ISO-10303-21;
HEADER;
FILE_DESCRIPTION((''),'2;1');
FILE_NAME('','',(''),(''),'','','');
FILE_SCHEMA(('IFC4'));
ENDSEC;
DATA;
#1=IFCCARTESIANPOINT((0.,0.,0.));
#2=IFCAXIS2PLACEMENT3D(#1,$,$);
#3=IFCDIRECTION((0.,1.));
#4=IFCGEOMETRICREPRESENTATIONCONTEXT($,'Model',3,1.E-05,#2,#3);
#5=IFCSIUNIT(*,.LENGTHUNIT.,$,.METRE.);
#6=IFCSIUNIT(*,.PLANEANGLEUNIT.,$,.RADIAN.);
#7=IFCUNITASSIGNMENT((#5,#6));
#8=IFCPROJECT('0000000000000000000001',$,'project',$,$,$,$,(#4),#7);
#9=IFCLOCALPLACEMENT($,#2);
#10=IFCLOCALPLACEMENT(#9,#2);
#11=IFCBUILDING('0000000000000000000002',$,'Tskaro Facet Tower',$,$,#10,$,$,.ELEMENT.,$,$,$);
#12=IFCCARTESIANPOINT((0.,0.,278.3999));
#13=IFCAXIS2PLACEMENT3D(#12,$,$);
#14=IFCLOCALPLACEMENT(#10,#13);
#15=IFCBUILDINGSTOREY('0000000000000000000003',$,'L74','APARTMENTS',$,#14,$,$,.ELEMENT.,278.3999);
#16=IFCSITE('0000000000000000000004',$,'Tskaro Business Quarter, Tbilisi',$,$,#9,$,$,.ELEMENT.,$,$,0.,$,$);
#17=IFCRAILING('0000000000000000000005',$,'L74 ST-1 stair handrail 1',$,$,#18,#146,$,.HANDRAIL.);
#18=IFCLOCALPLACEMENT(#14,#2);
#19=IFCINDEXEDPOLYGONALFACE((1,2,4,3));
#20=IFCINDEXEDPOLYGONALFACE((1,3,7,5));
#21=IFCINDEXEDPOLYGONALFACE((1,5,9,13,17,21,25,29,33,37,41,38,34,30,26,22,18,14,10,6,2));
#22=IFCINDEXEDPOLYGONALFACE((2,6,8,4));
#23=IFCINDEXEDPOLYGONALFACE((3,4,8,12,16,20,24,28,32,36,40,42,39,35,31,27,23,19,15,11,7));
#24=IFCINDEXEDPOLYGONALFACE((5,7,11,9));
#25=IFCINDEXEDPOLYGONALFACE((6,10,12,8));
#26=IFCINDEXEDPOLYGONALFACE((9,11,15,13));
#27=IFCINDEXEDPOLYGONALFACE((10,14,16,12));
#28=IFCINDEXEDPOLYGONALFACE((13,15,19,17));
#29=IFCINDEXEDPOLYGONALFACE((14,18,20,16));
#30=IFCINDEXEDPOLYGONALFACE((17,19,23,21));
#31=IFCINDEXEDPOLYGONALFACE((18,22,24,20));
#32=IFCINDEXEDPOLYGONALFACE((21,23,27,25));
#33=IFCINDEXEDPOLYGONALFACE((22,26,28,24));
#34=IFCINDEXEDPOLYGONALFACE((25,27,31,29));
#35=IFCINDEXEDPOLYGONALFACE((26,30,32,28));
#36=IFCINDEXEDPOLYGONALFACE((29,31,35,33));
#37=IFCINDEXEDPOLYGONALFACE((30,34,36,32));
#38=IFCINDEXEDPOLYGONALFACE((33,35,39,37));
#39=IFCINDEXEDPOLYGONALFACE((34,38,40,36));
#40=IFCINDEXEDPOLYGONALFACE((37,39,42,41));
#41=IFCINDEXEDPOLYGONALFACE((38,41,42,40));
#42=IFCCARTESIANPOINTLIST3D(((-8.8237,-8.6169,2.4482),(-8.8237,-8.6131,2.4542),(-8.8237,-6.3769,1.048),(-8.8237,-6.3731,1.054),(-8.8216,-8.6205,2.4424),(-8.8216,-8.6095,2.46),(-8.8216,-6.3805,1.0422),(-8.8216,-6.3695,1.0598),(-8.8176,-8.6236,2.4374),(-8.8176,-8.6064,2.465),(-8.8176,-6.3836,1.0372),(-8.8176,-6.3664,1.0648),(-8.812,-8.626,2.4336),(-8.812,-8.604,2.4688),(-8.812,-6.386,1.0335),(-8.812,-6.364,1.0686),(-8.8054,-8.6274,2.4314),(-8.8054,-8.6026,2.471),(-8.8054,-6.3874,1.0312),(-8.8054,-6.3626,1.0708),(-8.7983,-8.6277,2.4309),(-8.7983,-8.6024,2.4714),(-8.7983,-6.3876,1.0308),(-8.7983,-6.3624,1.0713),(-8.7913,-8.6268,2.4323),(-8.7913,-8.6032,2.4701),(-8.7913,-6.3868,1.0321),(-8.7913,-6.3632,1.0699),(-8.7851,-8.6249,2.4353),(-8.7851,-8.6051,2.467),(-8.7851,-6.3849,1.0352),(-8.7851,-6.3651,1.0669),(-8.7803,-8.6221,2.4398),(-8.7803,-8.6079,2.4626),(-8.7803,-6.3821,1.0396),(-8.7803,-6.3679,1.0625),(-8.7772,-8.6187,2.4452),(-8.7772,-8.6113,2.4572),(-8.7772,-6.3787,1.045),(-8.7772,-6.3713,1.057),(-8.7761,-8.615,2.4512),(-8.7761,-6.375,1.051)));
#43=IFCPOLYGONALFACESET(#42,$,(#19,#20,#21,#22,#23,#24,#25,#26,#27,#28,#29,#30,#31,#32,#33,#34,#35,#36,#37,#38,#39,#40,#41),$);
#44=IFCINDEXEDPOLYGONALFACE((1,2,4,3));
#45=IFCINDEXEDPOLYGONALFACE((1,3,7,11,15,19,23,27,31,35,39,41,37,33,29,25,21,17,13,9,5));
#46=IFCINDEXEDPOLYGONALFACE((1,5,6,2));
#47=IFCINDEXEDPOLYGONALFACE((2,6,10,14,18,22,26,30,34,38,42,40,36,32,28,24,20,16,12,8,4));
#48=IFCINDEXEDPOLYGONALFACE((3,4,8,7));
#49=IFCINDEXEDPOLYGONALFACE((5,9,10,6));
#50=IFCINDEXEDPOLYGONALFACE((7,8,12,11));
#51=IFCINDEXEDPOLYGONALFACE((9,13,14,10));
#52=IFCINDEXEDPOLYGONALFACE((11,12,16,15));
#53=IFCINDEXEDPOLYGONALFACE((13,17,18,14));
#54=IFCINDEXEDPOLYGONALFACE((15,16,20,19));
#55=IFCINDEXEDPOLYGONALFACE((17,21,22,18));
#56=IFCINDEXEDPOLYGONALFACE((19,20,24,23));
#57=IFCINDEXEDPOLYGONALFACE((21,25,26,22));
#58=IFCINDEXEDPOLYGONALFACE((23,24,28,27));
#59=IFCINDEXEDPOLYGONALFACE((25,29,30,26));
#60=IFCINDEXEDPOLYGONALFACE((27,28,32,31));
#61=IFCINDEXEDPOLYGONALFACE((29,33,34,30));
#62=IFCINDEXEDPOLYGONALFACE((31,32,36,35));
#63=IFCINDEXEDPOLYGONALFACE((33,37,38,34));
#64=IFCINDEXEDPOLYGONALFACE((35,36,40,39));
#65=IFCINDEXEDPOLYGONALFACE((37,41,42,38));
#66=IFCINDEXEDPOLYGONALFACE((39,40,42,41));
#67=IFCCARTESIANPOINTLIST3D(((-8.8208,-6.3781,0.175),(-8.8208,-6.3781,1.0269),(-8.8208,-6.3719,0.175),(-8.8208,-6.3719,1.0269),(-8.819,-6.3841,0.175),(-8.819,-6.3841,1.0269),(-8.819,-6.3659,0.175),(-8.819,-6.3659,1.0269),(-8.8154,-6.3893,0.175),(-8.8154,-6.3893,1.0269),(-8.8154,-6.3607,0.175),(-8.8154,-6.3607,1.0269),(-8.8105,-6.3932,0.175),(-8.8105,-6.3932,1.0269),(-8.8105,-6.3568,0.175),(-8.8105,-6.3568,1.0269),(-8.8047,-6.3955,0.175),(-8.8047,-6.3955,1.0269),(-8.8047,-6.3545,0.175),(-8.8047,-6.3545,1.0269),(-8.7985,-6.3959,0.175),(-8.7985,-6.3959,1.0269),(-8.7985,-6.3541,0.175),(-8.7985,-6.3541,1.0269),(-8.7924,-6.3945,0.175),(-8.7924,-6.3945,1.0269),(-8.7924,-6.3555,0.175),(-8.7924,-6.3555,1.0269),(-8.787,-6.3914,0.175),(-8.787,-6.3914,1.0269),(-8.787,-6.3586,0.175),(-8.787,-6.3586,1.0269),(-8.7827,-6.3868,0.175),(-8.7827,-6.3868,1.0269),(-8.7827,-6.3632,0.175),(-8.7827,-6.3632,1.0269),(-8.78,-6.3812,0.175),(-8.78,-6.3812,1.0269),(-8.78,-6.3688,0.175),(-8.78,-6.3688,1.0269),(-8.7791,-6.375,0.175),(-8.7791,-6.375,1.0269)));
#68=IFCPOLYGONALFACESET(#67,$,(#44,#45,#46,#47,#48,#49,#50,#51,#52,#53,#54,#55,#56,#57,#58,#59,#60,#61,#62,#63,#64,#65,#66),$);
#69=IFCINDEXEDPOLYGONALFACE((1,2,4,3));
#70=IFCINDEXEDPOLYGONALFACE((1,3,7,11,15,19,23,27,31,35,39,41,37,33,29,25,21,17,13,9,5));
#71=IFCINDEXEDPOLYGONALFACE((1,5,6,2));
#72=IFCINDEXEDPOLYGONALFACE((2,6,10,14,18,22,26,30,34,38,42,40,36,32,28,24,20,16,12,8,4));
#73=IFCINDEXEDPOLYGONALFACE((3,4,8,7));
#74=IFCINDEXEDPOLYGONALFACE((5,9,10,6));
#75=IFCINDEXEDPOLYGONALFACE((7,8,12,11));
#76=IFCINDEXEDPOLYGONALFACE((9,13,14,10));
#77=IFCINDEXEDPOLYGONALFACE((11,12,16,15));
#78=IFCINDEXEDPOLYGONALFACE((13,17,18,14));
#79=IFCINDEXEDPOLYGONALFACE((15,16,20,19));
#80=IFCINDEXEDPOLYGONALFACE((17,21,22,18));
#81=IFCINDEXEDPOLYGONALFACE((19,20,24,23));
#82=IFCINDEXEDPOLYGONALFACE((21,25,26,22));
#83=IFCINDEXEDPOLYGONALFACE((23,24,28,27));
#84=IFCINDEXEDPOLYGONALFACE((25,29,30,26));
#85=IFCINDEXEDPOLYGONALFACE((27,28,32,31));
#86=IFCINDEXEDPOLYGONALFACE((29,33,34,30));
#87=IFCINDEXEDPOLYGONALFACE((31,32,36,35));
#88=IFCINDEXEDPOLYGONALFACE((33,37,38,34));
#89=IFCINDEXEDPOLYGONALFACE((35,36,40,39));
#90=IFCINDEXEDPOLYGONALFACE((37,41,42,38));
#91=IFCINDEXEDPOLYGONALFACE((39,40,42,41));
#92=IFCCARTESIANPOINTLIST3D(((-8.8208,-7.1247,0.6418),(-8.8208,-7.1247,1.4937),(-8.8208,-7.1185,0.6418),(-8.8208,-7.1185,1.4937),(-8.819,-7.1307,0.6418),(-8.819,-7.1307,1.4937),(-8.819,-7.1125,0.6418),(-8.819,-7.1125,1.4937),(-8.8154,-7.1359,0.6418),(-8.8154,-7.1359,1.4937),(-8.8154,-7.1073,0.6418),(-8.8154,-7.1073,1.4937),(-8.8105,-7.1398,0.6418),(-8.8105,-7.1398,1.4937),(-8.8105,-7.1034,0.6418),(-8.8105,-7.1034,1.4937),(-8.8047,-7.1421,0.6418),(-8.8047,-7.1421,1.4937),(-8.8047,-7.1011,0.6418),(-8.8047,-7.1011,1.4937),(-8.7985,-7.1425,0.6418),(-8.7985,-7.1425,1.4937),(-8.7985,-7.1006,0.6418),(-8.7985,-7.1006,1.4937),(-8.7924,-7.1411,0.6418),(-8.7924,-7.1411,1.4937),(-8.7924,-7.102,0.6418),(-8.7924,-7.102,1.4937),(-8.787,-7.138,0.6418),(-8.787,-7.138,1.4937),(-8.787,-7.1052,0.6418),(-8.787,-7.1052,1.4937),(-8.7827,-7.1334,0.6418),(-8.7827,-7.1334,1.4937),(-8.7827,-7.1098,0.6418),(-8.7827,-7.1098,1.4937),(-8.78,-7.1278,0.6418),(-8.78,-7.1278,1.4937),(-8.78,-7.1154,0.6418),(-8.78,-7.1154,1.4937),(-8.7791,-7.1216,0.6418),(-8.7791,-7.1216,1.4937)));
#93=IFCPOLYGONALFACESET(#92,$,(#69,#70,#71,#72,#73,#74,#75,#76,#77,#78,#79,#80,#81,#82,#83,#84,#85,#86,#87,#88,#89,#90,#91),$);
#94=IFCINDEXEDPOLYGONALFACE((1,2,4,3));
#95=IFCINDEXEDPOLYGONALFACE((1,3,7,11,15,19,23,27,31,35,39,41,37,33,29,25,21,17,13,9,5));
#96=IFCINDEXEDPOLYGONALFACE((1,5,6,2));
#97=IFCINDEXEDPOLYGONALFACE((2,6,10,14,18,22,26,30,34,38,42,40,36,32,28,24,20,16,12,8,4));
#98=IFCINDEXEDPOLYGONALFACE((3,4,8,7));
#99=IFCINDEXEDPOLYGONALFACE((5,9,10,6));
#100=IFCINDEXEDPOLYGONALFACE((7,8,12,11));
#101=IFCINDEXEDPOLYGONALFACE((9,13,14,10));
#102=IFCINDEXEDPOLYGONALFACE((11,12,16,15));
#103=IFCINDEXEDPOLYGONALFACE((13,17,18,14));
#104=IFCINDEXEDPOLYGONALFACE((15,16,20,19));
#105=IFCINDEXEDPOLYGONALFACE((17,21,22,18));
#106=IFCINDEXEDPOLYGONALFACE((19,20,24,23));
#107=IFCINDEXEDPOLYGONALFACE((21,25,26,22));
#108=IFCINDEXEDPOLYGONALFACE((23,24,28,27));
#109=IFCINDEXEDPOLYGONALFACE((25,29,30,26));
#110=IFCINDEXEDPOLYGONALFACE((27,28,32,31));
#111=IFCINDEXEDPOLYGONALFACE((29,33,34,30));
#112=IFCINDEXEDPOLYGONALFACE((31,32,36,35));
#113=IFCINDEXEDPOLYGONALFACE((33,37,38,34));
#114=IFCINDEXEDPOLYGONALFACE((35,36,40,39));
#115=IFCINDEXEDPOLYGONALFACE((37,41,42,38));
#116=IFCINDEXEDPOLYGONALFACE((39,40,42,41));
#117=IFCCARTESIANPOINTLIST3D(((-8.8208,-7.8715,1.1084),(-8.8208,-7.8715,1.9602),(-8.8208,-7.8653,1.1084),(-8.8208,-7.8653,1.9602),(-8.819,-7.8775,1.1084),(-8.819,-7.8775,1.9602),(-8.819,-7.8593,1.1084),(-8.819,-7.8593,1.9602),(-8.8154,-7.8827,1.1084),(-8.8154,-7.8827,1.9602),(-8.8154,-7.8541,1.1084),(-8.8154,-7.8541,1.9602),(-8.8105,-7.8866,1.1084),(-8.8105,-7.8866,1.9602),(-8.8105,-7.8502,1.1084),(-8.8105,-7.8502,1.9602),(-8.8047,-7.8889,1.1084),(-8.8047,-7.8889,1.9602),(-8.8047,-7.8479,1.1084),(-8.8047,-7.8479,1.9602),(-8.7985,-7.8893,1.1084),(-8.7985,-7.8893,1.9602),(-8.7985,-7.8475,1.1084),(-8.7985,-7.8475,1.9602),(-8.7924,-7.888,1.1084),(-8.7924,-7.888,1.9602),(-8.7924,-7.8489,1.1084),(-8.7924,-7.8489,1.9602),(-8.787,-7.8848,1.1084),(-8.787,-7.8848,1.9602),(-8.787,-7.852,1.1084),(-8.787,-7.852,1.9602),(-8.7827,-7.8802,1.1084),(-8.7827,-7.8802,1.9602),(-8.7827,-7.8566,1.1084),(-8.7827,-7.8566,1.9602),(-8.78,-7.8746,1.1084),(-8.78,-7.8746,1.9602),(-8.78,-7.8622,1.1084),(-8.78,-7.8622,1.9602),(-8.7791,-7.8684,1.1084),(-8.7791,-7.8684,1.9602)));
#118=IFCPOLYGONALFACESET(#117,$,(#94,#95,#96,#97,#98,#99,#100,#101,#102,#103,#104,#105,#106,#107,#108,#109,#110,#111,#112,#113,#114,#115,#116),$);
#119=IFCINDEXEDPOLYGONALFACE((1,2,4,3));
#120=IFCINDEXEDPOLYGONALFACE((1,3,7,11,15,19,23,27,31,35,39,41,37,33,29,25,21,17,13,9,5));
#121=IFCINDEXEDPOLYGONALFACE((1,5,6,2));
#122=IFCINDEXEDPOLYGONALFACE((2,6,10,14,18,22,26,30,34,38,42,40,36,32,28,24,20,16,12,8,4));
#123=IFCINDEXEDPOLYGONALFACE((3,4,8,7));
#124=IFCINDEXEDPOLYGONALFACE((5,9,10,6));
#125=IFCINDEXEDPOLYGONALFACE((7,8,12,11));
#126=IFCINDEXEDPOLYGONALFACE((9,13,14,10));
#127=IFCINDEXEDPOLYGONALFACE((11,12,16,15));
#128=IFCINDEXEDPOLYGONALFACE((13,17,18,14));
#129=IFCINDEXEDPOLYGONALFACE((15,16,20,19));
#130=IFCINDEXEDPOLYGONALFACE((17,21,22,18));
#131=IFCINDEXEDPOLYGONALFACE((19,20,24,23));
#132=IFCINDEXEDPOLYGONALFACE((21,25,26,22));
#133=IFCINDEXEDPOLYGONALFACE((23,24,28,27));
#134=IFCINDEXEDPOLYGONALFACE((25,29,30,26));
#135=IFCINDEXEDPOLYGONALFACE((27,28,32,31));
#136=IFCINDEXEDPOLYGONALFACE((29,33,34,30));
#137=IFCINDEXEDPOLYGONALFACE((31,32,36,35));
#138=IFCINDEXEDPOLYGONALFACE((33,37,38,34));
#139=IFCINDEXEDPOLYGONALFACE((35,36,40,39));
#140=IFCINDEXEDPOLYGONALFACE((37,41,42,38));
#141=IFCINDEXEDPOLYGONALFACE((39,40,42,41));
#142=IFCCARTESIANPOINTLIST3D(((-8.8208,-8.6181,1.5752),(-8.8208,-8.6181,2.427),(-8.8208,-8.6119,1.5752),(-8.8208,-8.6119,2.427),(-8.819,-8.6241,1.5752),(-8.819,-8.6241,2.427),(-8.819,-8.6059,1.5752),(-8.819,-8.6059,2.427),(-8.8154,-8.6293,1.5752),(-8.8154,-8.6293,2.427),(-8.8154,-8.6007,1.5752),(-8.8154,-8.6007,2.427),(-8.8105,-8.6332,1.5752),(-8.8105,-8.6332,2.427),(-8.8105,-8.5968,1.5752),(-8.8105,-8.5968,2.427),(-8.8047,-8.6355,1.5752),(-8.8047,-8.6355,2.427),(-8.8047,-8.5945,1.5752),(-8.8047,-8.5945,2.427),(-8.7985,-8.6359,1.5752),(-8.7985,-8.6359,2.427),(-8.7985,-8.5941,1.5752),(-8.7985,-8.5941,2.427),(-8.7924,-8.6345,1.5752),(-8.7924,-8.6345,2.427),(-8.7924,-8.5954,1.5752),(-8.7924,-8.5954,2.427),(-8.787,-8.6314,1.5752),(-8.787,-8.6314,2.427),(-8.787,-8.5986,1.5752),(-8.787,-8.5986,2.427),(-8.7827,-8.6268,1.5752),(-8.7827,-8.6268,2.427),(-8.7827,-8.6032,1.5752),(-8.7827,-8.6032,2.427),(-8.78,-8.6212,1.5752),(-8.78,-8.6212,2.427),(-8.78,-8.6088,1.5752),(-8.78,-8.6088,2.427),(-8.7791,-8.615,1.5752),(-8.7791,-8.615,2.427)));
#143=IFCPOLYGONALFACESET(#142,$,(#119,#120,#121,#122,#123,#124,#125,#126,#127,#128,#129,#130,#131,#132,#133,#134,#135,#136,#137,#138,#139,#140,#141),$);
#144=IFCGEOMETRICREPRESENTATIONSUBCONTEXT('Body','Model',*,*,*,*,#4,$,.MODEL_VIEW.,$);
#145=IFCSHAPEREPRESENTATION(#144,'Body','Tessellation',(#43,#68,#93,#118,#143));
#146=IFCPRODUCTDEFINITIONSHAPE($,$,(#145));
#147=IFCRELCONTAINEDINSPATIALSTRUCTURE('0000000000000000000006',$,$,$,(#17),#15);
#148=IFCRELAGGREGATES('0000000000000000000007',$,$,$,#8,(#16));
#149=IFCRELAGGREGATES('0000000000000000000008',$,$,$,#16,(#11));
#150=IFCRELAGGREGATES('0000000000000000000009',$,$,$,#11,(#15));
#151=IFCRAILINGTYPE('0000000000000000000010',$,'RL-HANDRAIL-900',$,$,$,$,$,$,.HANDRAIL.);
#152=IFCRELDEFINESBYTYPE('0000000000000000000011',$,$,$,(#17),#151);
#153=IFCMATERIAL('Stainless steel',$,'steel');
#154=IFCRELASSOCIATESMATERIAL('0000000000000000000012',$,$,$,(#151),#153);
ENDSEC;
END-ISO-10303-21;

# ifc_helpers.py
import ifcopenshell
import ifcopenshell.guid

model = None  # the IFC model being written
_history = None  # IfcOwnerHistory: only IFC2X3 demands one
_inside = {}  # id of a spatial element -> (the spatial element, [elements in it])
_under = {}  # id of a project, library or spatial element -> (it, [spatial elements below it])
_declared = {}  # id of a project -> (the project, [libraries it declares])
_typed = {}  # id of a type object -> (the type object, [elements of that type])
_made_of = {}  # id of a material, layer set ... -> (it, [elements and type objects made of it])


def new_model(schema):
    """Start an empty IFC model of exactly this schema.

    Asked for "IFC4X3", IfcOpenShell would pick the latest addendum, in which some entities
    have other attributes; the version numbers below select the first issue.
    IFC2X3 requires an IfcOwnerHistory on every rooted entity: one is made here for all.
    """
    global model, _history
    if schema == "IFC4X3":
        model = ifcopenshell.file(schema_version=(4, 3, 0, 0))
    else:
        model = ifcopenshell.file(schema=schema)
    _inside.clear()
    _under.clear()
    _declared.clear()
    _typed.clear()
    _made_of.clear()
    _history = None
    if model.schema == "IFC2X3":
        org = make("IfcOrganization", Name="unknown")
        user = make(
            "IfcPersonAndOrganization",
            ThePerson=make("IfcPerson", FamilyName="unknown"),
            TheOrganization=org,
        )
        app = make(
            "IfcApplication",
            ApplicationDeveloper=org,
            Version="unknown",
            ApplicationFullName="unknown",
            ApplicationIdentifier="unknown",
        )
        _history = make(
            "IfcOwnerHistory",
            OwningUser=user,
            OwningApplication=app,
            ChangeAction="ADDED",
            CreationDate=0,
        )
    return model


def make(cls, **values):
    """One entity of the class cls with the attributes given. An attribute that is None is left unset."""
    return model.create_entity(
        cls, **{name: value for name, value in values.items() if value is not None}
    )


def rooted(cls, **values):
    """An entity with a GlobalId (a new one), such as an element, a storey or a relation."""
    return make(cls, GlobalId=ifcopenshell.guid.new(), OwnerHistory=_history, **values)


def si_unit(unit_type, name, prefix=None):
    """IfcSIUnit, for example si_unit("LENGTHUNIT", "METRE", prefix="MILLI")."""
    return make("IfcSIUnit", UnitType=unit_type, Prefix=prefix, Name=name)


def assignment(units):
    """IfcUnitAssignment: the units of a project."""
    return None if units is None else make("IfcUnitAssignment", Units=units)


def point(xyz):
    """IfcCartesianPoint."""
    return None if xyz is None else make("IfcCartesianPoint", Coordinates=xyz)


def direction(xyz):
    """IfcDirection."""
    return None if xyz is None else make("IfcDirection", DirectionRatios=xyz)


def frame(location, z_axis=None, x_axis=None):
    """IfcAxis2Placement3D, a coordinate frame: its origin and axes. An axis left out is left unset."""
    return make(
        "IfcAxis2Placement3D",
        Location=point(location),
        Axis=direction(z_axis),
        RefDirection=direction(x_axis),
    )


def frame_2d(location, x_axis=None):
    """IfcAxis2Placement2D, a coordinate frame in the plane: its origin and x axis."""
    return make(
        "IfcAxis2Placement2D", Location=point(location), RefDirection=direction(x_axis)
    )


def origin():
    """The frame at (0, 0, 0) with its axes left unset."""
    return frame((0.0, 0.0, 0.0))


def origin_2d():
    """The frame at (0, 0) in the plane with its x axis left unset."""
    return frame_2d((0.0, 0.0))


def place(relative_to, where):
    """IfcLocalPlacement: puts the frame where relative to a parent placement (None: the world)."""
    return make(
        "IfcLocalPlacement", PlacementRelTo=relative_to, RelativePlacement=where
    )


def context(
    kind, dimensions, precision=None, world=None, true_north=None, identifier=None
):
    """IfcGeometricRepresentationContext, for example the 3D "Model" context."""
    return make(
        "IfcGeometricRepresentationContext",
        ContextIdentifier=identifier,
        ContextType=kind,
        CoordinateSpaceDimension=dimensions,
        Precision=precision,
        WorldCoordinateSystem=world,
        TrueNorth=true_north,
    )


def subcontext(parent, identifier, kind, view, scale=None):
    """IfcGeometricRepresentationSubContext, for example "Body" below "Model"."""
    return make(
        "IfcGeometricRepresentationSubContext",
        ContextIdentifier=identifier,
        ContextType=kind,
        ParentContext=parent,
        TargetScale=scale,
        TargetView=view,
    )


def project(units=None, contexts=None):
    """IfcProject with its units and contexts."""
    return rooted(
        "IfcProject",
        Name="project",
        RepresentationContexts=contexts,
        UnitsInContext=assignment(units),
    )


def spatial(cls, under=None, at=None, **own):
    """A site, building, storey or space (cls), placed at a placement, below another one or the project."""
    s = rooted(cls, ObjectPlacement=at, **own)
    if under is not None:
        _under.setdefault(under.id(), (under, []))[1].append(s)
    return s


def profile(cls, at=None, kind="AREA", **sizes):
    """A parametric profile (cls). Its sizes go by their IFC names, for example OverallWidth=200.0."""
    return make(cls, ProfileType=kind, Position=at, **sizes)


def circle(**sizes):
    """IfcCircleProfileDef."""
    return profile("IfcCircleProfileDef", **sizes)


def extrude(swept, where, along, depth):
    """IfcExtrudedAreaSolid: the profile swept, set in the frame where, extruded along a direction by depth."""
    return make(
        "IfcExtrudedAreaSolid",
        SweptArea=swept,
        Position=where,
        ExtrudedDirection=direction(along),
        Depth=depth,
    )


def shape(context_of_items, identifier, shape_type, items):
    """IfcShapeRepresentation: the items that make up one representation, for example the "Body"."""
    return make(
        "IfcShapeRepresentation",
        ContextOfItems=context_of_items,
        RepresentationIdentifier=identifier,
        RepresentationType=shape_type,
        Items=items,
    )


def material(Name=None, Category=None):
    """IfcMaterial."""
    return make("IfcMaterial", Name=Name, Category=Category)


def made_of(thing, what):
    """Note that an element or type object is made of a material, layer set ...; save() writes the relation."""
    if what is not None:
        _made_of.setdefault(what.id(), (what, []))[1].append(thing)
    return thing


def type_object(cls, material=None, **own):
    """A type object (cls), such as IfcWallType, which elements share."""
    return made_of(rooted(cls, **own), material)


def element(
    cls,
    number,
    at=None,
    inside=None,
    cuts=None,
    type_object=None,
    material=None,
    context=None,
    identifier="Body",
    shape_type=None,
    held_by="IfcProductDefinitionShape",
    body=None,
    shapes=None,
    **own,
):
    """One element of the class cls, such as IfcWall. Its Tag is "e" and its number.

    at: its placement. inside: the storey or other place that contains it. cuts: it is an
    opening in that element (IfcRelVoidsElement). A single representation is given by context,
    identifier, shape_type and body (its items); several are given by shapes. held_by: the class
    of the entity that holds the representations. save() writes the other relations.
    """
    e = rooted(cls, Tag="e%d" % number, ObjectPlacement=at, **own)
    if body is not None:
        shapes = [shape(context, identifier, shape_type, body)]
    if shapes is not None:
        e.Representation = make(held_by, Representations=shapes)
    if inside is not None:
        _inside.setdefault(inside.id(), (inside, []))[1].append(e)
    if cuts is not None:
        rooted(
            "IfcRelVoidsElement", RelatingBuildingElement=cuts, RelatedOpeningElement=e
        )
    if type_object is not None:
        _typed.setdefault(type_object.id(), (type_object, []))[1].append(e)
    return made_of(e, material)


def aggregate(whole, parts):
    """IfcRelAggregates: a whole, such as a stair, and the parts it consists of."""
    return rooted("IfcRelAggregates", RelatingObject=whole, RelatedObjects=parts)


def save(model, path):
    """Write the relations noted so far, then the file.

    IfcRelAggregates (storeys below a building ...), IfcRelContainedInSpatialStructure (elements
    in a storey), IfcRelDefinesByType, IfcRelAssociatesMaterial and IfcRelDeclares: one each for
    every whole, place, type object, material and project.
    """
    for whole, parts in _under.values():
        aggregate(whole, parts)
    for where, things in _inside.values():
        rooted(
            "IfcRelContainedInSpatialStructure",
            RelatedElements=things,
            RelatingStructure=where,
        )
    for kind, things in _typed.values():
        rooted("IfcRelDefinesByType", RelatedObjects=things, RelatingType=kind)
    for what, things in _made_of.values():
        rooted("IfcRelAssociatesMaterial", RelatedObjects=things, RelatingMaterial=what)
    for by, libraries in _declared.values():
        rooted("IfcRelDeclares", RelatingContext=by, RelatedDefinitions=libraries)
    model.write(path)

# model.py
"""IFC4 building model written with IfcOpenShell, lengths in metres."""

from ifc_helpers import new_model, si_unit, direction, frame, origin, origin_2d, place, context, subcontext, project, spatial, circle, extrude, material, type_object, element, save


model = new_model("IFC4")

# Units and contexts
model_context = context("Model", 3, precision=1e-05, world=origin(), true_north=direction((0.0, 1.0)))
body_context = subcontext(model_context, "Body", "Model", "MODEL_VIEW")
ifc_project = project(units=[si_unit("LENGTHUNIT", "METRE"), si_unit("PLANEANGLEUNIT", "RADIAN")], contexts=[model_context])

# Site, building, storey
site_placement = place(None, origin())
site = spatial("IfcSite", under=ifc_project, at=site_placement, Name="Tskaro Business Quarter, Tbilisi", CompositionType="ELEMENT", RefElevation=0.0)
building_placement = place(site_placement, origin())
building = spatial("IfcBuilding", under=site, at=building_placement, Name="Tskaro Facet Tower", CompositionType="ELEMENT")
storey_placement = place(building_placement, frame((0.0, 0.0, 278.3999)))
storey = spatial("IfcBuildingStorey", under=building, at=storey_placement, Name="L74", Description="APARTMENTS", CompositionType="ELEMENT", Elevation=278.3999)

# Shared definitions
ifc_material_1 = material(Name="Stainless steel", Category="steel")

# Railing
railing_type_1 = type_object("IfcRailingType", Name="RL-HANDRAIL-900", PredefinedType="HANDRAIL", material=ifc_material_1)
railing_1_placement = place(storey_placement, frame((-8.8, -6.375, 0.175)))
element("IfcRailing", 1, at=railing_1_placement, inside=storey, type_object=railing_type_1, Name="L74 ST-1 stair handrail 1", PredefinedType="HANDRAIL", context=body_context, shape_type="SweptSolid", body=[
    extrude(circle(Radius=0.0239, at=origin_2d()), frame((0.0, 0.0, 0.876), z_axis=(0.0, -0.847972, 0.53004), x_axis=(1.0, 0.0, 0.0)), (0.0, 0.0, 1.0), 2.6416),
    extrude(circle(Radius=0.021, at=origin_2d()), origin(), (0.0, 0.0, 1.0), 0.8518),
    extrude(circle(Radius=0.021, at=origin_2d()), frame((0.0, -0.7466, 0.4668)), (0.0, 0.0, 1.0), 0.8518),
    extrude(circle(Radius=0.021, at=origin_2d()), frame((0.0, -1.4934, 0.9333)), (0.0, 0.0, 1.0), 0.8518),
    extrude(circle(Radius=0.021, at=origin_2d()), frame((0.0, -2.24, 1.4001)), (0.0, 0.0, 1.0), 0.8518),
])

save(model, "model.ifc")
